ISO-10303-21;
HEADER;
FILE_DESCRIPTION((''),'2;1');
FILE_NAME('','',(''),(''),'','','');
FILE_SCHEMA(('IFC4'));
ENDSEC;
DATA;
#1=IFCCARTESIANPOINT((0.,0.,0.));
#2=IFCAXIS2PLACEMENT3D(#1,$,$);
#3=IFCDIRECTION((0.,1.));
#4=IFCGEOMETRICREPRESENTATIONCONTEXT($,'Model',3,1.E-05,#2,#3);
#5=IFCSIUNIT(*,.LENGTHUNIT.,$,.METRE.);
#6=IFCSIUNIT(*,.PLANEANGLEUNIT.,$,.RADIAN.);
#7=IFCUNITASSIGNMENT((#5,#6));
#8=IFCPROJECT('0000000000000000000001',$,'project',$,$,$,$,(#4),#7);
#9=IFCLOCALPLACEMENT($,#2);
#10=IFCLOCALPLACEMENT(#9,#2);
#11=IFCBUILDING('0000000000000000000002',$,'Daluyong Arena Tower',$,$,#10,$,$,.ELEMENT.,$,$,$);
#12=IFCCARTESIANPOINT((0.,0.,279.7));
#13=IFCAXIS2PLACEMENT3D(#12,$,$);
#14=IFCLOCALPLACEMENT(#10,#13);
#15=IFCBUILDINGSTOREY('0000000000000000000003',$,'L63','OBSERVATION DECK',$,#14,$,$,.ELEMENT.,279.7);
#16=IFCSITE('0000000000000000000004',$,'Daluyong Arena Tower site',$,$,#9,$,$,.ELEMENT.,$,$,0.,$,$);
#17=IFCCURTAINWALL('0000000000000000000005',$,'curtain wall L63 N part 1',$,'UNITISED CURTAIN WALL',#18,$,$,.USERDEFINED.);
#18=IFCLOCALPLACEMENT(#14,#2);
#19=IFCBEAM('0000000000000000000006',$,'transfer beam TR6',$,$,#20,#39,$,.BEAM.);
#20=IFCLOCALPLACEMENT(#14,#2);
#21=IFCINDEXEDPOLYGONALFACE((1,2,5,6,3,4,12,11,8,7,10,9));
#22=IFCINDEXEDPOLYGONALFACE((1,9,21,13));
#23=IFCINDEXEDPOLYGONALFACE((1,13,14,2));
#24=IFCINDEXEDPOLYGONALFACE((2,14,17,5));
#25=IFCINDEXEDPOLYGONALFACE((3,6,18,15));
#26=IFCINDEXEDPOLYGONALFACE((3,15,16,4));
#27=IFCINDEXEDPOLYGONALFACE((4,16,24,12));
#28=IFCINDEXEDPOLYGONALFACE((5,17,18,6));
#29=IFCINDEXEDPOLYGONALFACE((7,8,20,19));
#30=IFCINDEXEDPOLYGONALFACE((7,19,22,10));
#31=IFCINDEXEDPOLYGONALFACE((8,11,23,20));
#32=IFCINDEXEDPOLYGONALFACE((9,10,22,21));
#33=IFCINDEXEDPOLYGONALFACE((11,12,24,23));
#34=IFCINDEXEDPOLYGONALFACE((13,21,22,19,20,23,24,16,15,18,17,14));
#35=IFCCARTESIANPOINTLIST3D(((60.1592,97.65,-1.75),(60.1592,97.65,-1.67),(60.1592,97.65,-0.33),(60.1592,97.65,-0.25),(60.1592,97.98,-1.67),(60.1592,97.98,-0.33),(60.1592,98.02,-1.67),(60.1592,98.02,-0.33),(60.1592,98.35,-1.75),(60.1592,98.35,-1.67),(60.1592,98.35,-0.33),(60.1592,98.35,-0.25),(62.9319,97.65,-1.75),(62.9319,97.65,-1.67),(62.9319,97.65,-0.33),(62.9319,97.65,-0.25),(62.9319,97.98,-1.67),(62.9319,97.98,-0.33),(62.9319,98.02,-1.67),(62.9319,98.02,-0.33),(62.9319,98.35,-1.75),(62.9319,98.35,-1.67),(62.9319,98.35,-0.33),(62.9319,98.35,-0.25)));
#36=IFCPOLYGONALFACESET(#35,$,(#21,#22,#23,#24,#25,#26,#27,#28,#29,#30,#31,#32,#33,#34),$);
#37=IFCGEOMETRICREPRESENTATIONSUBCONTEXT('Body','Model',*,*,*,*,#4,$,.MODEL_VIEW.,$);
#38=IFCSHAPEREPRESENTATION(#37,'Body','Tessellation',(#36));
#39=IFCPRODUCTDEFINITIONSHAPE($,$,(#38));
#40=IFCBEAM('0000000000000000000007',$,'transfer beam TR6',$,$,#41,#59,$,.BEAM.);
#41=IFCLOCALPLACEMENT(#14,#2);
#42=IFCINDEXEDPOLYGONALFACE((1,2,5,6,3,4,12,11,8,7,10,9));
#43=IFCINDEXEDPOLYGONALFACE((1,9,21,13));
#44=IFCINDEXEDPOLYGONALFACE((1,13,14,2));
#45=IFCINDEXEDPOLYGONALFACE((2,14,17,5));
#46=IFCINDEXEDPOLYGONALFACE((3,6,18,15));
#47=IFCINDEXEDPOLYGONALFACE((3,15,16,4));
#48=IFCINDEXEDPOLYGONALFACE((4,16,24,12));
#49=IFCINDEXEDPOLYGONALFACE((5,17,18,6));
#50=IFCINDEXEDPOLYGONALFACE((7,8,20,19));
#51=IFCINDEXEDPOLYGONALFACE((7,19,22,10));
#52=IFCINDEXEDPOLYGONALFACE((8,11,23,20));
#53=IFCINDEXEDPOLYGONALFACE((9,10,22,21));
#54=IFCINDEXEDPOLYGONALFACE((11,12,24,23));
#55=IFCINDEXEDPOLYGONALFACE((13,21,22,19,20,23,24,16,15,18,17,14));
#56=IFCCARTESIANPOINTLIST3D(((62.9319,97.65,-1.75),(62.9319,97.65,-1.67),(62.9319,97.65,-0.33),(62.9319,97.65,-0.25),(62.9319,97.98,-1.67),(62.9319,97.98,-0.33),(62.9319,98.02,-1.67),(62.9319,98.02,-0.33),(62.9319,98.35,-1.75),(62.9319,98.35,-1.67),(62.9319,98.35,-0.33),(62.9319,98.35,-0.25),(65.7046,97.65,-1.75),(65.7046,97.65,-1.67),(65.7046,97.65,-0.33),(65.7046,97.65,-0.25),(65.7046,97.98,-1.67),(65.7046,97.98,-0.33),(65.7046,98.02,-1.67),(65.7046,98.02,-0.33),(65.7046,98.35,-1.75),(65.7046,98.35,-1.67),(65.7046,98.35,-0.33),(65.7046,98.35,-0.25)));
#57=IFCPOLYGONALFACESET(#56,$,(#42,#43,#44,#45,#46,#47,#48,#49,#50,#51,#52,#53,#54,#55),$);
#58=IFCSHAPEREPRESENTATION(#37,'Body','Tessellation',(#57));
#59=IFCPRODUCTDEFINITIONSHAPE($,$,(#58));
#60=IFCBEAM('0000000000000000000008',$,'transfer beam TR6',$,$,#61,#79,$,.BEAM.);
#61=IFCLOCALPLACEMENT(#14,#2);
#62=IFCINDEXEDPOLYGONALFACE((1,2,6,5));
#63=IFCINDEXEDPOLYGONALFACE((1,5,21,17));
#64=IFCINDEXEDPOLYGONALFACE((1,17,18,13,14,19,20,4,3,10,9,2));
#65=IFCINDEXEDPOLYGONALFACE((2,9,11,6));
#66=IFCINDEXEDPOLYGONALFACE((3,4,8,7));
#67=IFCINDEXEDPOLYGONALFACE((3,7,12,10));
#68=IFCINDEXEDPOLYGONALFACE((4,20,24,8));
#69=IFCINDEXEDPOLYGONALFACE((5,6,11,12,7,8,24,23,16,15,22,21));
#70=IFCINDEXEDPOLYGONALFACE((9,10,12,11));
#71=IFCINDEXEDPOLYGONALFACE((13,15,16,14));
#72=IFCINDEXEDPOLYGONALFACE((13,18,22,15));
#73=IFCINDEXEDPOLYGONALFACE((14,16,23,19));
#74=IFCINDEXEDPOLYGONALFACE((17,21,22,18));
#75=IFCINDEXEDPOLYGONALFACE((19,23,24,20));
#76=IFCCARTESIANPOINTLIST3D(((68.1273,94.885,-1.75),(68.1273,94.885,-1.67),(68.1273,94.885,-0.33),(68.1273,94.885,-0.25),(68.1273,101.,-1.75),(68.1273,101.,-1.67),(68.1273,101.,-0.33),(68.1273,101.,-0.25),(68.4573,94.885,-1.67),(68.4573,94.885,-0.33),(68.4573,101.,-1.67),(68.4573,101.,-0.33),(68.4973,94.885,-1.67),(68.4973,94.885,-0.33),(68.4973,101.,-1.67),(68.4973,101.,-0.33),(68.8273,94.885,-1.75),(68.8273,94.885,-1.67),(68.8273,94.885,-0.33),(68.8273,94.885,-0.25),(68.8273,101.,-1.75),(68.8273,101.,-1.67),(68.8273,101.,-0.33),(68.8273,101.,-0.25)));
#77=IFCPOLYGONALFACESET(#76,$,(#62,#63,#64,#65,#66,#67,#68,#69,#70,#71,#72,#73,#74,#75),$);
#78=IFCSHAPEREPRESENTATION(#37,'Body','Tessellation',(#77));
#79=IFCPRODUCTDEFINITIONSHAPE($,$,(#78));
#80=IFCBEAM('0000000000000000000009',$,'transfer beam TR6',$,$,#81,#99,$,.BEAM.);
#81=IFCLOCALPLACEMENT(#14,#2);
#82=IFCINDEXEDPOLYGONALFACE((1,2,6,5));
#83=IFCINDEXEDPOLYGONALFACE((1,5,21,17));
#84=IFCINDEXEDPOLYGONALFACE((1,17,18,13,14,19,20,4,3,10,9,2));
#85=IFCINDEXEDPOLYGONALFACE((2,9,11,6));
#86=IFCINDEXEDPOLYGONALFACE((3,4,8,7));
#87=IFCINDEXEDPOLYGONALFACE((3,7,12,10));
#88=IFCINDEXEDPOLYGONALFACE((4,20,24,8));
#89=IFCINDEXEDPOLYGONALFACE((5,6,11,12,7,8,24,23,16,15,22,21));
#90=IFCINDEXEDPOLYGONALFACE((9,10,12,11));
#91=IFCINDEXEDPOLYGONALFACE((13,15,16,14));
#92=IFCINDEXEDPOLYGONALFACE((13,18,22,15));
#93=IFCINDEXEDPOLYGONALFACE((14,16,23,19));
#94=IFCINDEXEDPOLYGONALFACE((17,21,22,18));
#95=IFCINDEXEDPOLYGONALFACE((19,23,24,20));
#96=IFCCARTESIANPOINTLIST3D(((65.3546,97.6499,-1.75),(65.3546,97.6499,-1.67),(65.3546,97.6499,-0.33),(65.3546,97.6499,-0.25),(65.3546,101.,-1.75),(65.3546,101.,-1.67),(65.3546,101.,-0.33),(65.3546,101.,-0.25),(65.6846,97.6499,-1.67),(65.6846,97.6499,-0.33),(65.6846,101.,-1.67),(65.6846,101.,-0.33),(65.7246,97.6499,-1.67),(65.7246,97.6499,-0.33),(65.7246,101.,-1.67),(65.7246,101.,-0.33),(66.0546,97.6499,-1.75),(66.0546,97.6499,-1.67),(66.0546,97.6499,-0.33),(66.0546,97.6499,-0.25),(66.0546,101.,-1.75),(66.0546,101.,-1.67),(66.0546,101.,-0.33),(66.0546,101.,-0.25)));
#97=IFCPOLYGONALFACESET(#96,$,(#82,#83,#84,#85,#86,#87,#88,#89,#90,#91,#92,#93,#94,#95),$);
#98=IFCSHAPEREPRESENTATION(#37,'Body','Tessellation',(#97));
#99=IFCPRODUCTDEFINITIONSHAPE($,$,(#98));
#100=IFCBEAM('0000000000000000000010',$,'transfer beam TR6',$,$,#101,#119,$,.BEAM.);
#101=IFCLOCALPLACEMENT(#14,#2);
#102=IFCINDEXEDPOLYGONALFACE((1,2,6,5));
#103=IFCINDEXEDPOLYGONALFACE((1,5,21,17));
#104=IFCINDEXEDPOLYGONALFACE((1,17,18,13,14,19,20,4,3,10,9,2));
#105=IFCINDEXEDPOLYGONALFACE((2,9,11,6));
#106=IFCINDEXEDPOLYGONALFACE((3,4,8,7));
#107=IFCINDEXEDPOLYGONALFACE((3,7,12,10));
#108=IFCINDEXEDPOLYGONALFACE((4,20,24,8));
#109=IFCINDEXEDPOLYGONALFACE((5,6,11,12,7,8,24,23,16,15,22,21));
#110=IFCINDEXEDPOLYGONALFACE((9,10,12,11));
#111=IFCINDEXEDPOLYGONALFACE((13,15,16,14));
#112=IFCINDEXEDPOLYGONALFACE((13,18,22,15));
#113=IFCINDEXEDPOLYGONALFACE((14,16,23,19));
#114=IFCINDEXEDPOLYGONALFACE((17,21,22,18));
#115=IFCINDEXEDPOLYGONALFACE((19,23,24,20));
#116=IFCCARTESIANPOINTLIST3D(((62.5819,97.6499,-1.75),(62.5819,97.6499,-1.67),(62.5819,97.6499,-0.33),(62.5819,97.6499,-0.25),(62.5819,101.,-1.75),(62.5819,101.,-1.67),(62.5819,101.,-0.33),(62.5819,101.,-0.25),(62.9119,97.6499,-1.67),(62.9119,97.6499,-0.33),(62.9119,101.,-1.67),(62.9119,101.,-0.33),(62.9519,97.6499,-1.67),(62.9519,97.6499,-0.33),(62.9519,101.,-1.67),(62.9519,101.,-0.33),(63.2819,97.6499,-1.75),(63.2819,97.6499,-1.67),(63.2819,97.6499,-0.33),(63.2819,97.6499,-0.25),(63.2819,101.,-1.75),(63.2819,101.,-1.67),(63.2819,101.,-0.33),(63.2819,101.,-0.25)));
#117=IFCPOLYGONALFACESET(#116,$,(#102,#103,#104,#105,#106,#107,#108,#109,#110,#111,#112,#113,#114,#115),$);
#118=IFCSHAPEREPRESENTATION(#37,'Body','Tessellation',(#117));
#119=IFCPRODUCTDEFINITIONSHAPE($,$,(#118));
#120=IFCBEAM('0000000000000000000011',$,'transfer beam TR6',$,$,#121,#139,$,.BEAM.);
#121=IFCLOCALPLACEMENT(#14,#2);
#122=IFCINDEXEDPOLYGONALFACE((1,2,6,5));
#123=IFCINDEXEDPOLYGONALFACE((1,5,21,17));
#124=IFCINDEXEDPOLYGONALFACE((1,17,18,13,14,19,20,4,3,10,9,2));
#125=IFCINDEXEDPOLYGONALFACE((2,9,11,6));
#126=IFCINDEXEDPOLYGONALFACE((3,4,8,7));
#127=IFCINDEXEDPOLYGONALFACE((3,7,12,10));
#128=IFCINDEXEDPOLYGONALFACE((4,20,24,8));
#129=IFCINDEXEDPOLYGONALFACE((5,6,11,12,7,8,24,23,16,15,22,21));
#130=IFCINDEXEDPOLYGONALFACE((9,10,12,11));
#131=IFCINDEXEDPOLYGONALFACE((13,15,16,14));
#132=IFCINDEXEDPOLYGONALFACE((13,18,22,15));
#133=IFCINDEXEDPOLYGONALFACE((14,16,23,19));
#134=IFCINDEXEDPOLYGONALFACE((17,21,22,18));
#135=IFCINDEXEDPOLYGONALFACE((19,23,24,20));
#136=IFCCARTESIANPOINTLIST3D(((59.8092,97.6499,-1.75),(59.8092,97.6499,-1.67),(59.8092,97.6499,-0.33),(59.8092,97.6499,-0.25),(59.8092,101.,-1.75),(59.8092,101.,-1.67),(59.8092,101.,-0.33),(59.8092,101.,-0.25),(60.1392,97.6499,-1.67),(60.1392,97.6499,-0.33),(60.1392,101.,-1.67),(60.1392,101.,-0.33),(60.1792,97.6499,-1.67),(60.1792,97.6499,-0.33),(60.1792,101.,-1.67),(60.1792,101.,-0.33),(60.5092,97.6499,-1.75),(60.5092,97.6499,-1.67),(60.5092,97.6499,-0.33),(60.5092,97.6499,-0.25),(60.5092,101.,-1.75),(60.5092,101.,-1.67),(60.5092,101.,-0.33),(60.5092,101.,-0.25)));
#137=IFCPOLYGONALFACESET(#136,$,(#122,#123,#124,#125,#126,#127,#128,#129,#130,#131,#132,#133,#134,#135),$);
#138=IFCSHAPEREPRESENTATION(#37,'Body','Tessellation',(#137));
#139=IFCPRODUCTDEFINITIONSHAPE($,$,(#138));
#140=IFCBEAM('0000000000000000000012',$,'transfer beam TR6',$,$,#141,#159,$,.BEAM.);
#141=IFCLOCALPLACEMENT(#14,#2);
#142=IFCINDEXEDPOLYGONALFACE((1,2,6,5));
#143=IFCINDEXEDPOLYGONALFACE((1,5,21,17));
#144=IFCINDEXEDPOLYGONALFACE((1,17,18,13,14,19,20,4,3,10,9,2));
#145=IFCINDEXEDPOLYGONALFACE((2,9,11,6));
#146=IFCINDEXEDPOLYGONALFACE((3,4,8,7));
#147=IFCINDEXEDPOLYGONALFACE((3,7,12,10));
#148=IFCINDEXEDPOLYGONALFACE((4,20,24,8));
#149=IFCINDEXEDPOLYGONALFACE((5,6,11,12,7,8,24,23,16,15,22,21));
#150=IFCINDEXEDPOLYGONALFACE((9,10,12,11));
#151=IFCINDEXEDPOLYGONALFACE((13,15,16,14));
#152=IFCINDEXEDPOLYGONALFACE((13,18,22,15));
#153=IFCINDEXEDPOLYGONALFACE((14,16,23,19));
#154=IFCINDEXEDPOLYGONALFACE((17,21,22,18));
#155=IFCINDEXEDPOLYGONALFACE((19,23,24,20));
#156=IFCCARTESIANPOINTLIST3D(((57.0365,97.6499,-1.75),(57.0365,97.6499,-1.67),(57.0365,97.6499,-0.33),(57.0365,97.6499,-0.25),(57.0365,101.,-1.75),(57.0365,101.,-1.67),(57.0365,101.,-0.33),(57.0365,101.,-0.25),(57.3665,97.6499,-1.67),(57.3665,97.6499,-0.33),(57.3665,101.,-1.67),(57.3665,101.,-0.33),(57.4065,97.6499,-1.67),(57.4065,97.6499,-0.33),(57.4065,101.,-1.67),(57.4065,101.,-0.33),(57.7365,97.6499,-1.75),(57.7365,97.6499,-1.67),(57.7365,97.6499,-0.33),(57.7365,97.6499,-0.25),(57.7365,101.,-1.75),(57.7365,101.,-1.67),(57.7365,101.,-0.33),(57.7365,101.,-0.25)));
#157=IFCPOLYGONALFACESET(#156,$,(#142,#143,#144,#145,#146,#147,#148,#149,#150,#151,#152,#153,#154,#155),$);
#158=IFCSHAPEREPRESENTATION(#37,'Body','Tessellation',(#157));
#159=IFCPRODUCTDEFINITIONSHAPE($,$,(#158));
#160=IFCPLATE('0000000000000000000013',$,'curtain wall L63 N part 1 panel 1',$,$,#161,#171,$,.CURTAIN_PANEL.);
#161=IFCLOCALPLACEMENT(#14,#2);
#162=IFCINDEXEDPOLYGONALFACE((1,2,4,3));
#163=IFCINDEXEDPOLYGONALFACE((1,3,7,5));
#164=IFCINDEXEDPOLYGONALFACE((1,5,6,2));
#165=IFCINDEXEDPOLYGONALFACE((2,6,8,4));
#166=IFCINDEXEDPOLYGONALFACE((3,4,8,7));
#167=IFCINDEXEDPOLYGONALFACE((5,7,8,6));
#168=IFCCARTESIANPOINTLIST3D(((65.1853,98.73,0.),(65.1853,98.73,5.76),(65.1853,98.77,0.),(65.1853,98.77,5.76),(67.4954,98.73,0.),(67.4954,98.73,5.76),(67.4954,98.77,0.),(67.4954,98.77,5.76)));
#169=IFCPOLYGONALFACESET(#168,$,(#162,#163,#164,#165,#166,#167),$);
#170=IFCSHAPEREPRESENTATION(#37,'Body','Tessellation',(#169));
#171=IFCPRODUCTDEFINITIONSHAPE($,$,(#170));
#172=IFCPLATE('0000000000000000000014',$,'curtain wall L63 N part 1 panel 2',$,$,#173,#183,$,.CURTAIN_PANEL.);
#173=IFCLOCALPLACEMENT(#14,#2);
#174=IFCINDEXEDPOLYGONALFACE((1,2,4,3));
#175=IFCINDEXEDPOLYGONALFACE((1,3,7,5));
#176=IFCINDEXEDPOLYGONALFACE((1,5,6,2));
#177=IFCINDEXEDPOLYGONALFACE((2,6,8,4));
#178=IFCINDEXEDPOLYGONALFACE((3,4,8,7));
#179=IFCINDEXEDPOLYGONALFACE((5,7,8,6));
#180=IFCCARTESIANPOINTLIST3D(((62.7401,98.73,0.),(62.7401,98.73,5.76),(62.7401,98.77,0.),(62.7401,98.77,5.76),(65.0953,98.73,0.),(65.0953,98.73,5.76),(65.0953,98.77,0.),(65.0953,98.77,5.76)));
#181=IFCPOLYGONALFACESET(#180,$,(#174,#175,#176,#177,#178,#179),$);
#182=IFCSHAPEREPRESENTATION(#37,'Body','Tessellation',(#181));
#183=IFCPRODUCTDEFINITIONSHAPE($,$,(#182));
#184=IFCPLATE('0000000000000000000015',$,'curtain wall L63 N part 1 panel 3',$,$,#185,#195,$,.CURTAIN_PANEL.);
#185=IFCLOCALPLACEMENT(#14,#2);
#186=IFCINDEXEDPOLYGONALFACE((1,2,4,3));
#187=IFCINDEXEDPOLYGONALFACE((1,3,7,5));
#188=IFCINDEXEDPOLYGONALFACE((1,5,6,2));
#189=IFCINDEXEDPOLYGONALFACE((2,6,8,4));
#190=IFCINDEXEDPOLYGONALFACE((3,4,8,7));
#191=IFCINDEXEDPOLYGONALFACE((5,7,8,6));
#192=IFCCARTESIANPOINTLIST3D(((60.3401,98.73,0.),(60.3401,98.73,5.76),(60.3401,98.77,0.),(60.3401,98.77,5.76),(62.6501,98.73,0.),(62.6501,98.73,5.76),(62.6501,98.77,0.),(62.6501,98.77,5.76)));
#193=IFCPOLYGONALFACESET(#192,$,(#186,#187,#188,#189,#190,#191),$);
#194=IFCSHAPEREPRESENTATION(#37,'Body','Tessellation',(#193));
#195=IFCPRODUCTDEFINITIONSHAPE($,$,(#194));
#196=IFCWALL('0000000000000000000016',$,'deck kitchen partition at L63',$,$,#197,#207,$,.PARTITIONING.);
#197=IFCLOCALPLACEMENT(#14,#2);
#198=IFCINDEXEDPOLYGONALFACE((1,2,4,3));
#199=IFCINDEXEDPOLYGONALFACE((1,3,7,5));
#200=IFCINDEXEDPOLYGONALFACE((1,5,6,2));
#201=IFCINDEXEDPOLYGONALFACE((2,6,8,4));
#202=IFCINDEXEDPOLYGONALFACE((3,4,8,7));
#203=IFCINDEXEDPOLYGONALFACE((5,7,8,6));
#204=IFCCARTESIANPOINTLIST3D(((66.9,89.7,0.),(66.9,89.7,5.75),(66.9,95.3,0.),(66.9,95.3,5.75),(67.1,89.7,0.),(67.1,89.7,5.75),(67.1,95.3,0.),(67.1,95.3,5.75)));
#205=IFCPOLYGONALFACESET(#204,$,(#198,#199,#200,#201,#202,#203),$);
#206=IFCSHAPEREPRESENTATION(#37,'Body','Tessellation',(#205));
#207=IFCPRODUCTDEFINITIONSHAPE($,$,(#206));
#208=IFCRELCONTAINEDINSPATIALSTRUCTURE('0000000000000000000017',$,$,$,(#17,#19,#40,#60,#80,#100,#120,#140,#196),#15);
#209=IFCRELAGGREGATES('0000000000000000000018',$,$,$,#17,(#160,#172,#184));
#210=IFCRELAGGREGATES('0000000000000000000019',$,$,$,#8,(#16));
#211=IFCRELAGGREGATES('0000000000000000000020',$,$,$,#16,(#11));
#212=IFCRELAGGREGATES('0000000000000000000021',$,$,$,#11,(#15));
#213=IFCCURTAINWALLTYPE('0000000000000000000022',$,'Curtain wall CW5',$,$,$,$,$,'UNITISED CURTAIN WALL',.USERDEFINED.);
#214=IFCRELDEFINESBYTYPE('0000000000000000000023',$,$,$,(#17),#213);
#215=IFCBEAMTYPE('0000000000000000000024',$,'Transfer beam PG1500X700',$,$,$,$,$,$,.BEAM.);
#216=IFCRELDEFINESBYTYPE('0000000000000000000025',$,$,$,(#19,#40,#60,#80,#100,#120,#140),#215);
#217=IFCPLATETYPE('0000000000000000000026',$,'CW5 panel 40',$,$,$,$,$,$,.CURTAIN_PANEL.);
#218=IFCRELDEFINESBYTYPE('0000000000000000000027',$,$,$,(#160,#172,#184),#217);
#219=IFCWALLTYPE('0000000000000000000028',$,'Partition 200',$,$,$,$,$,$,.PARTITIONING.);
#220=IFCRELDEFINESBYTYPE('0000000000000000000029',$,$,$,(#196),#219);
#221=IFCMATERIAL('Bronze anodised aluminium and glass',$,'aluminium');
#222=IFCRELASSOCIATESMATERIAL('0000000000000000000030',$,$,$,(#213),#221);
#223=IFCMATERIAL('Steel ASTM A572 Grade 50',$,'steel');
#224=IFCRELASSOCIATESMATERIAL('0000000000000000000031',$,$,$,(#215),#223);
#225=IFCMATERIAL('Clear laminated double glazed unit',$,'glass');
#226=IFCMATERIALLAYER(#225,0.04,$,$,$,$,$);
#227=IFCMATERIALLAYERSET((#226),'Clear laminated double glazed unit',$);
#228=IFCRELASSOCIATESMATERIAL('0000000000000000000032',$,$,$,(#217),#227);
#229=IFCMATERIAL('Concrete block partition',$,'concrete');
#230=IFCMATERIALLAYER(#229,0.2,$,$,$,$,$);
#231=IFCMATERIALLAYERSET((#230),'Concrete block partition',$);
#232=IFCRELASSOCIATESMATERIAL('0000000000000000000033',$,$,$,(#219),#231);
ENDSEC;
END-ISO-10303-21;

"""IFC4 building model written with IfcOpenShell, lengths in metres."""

from ifc_helpers import new_model, si_unit, direction, frame, frame_2d, origin, origin_2d, place, context, subcontext, project, spatial, rectangle, i_section, extrude, material, layer, layer_set, material_profile, profile_set, type_object, element, aggregate, save


model = new_model("IFC4")

# Units and contexts
model_context = context("Model", 3, precision=1e-05, world=origin(), true_north=direction((0.0, 1.0)))
body_context = subcontext(model_context, "Body", "Model", "MODEL_VIEW")
ifc_project = project(units=[si_unit("LENGTHUNIT", "METRE"), si_unit("PLANEANGLEUNIT", "RADIAN")], contexts=[model_context])

# Site, building, storey
site_placement = place(None, origin())
site = spatial("IfcSite", under=ifc_project, at=site_placement, Name="Daluyong Arena Tower site", CompositionType="ELEMENT", RefElevation=0.0)
building_placement = place(site_placement, origin())
building = spatial("IfcBuilding", under=site, at=building_placement, Name="Daluyong Arena Tower", CompositionType="ELEMENT")
storey_placement = place(building_placement, frame((0.0, 0.0, 279.7)))
storey = spatial("IfcBuildingStorey", under=building, at=storey_placement, Name="L63", Description="OBSERVATION DECK", CompositionType="ELEMENT", Elevation=279.7)

# Curtain wall
ifc_material_1 = material(Name="Bronze anodised aluminium and glass", Category="aluminium")
curtain_wall_type = type_object("IfcCurtainWallType", Name="Curtain wall CW5", ElementType="UNITISED CURTAIN WALL", PredefinedType="USERDEFINED", material=ifc_material_1)
curtain_wall_placement = place(storey_placement, origin())
curtain_wall = element("IfcCurtainWall", 1, at=curtain_wall_placement, inside=storey, type_object=curtain_wall_type, Name="curtain wall L63 N part 1", ObjectType="UNITISED CURTAIN WALL", PredefinedType="USERDEFINED")

# Beams
ifc_material_2 = material(Name="Steel ASTM A572 Grade 50", Category="steel")
ifc_material_profile_1 = material_profile(ifc_material_2, i_section(OverallWidth=0.7, OverallDepth=1.5, WebThickness=0.04, FlangeThickness=0.08, at=origin_2d()))
ifc_profile_set_1 = profile_set([ifc_material_profile_1], Name="Steel ASTM A572 Grade 50")
beam_type_1 = type_object("IfcBeamType", Name="Transfer beam PG1500X700", PredefinedType="BEAM", material=ifc_profile_set_1)
for number, where, z_axis, x_axis, name in (
    (2, (60.1592, 98.0, -1.0), (1.0, 0.0, 0.0), (0.0, 1.0, 0.0), "transfer beam TR6"),
    (3, (62.9319, 98.0, -1.0), (1.0, 0.0, 0.0), (0.0, 1.0, 0.0), "transfer beam TR6"),
):
    element("IfcBeam", number, at=place(storey_placement, frame(where, z_axis=z_axis, x_axis=x_axis)), inside=storey, type_object=beam_type_1, Name=name, PredefinedType="BEAM", context=body_context, shape_type="SweptSolid", body=[
        extrude(i_section(OverallWidth=0.7, OverallDepth=1.5, WebThickness=0.04, FlangeThickness=0.08, at=origin_2d()), origin(), (0.0, 0.0, 1.0), 2.7727),
    ])
beam_1_placement = place(storey_placement, frame((68.4773, 101.0, -1.0), z_axis=(0.0, -1.0, 0.0), x_axis=(1.0, 0.0, 0.0)))
element("IfcBeam", 4, at=beam_1_placement, inside=storey, type_object=beam_type_1, Name="transfer beam TR6", PredefinedType="BEAM", context=body_context, shape_type="SweptSolid", body=[
    extrude(i_section(OverallWidth=0.7, OverallDepth=1.5, WebThickness=0.04, FlangeThickness=0.08, at=origin_2d()), origin(), (0.0, 0.0, 1.0), 6.115),
])
for number, where, z_axis, x_axis, name in (
    (5, (65.7046, 101.0, -1.0), (0.0, -1.0, 0.0), (1.0, 0.0, 0.0), "transfer beam TR6"),
    (6, (62.9319, 101.0, -1.0), (0.0, -1.0, 0.0), (1.0, 0.0, 0.0), "transfer beam TR6"),
    (7, (60.1592, 101.0, -1.0), (0.0, -1.0, 0.0), (1.0, 0.0, 0.0), "transfer beam TR6"),
    (8, (57.3865, 101.0, -1.0), (0.0, -1.0, 0.0), (1.0, 0.0, 0.0), "transfer beam TR6"),
):
    element("IfcBeam", number, at=place(storey_placement, frame(where, z_axis=z_axis, x_axis=x_axis)), inside=storey, type_object=beam_type_1, Name=name, PredefinedType="BEAM", context=body_context, shape_type="SweptSolid", body=[
        extrude(i_section(OverallWidth=0.7, OverallDepth=1.5, WebThickness=0.04, FlangeThickness=0.08, at=origin_2d()), origin(), (0.0, 0.0, 1.0), 3.3501),
    ])

# Plates
ifc_material_3 = material(Name="Clear laminated double glazed unit", Category="glass")
ifc_layer_1 = layer(ifc_material_3, 0.04)
ifc_layer_set_1 = layer_set([ifc_layer_1], Name="Clear laminated double glazed unit")
plate_type = type_object("IfcPlateType", Name="CW5 panel 40", PredefinedType="CURTAIN_PANEL", material=ifc_layer_set_1)
plate_1_placement = place(storey_placement, frame((66.3403, 98.75, 0.0), z_axis=(0.0, 0.0, 1.0), x_axis=(-1.0, 0.0, 0.0)))
plate_1 = element("IfcPlate", 9, at=plate_1_placement, type_object=plate_type, Name="curtain wall L63 N part 1 panel 1", PredefinedType="CURTAIN_PANEL", context=body_context, shape_type="SweptSolid", body=[
    extrude(rectangle(XDim=2.3101, YDim=0.04, at=origin_2d()), origin(), (0.0, 0.0, 1.0), 5.76),
])
plate_2_placement = place(storey_placement, frame((63.9177, 98.75, 0.0), z_axis=(0.0, 0.0, 1.0), x_axis=(-1.0, 0.0, 0.0)))
plate_2 = element("IfcPlate", 10, at=plate_2_placement, type_object=plate_type, Name="curtain wall L63 N part 1 panel 2", PredefinedType="CURTAIN_PANEL", context=body_context, shape_type="SweptSolid", body=[
    extrude(rectangle(XDim=2.3552, YDim=0.04, at=origin_2d()), origin(), (0.0, 0.0, 1.0), 5.76),
])
plate_3_placement = place(storey_placement, frame((61.4951, 98.75, 0.0), z_axis=(0.0, 0.0, 1.0), x_axis=(-1.0, 0.0, 0.0)))
plate_3 = element("IfcPlate", 11, at=plate_3_placement, type_object=plate_type, Name="curtain wall L63 N part 1 panel 3", PredefinedType="CURTAIN_PANEL", context=body_context, shape_type="SweptSolid", body=[
    extrude(rectangle(XDim=2.3101, YDim=0.04, at=origin_2d()), origin(), (0.0, 0.0, 1.0), 5.76),
])
aggregate(curtain_wall, [plate_1, plate_2, plate_3])

# Wall
ifc_material_4 = material(Name="Concrete block partition", Category="concrete")
ifc_layer_2 = layer(ifc_material_4, 0.2)
ifc_layer_set_2 = layer_set([ifc_layer_2], Name="Concrete block partition")
wall_type_1 = type_object("IfcWallType", Name="Partition 200", PredefinedType="PARTITIONING", material=ifc_layer_set_2)
wall_1_placement = place(storey_placement, frame((67.0, 89.7, 0.0), z_axis=(0.0, 0.0, 1.0), x_axis=(0.0, 1.0, 0.0)))
element("IfcWall", 12, at=wall_1_placement, inside=storey, type_object=wall_type_1, Name="deck kitchen partition at L63", PredefinedType="PARTITIONING", context=body_context, shape_type="SweptSolid", body=[
    extrude(rectangle(XDim=5.6001, YDim=0.2, at=frame_2d((2.8, 0.0))), origin(), (0.0, 0.0, 1.0), 5.75),
])

save(model, "model.ifc")
